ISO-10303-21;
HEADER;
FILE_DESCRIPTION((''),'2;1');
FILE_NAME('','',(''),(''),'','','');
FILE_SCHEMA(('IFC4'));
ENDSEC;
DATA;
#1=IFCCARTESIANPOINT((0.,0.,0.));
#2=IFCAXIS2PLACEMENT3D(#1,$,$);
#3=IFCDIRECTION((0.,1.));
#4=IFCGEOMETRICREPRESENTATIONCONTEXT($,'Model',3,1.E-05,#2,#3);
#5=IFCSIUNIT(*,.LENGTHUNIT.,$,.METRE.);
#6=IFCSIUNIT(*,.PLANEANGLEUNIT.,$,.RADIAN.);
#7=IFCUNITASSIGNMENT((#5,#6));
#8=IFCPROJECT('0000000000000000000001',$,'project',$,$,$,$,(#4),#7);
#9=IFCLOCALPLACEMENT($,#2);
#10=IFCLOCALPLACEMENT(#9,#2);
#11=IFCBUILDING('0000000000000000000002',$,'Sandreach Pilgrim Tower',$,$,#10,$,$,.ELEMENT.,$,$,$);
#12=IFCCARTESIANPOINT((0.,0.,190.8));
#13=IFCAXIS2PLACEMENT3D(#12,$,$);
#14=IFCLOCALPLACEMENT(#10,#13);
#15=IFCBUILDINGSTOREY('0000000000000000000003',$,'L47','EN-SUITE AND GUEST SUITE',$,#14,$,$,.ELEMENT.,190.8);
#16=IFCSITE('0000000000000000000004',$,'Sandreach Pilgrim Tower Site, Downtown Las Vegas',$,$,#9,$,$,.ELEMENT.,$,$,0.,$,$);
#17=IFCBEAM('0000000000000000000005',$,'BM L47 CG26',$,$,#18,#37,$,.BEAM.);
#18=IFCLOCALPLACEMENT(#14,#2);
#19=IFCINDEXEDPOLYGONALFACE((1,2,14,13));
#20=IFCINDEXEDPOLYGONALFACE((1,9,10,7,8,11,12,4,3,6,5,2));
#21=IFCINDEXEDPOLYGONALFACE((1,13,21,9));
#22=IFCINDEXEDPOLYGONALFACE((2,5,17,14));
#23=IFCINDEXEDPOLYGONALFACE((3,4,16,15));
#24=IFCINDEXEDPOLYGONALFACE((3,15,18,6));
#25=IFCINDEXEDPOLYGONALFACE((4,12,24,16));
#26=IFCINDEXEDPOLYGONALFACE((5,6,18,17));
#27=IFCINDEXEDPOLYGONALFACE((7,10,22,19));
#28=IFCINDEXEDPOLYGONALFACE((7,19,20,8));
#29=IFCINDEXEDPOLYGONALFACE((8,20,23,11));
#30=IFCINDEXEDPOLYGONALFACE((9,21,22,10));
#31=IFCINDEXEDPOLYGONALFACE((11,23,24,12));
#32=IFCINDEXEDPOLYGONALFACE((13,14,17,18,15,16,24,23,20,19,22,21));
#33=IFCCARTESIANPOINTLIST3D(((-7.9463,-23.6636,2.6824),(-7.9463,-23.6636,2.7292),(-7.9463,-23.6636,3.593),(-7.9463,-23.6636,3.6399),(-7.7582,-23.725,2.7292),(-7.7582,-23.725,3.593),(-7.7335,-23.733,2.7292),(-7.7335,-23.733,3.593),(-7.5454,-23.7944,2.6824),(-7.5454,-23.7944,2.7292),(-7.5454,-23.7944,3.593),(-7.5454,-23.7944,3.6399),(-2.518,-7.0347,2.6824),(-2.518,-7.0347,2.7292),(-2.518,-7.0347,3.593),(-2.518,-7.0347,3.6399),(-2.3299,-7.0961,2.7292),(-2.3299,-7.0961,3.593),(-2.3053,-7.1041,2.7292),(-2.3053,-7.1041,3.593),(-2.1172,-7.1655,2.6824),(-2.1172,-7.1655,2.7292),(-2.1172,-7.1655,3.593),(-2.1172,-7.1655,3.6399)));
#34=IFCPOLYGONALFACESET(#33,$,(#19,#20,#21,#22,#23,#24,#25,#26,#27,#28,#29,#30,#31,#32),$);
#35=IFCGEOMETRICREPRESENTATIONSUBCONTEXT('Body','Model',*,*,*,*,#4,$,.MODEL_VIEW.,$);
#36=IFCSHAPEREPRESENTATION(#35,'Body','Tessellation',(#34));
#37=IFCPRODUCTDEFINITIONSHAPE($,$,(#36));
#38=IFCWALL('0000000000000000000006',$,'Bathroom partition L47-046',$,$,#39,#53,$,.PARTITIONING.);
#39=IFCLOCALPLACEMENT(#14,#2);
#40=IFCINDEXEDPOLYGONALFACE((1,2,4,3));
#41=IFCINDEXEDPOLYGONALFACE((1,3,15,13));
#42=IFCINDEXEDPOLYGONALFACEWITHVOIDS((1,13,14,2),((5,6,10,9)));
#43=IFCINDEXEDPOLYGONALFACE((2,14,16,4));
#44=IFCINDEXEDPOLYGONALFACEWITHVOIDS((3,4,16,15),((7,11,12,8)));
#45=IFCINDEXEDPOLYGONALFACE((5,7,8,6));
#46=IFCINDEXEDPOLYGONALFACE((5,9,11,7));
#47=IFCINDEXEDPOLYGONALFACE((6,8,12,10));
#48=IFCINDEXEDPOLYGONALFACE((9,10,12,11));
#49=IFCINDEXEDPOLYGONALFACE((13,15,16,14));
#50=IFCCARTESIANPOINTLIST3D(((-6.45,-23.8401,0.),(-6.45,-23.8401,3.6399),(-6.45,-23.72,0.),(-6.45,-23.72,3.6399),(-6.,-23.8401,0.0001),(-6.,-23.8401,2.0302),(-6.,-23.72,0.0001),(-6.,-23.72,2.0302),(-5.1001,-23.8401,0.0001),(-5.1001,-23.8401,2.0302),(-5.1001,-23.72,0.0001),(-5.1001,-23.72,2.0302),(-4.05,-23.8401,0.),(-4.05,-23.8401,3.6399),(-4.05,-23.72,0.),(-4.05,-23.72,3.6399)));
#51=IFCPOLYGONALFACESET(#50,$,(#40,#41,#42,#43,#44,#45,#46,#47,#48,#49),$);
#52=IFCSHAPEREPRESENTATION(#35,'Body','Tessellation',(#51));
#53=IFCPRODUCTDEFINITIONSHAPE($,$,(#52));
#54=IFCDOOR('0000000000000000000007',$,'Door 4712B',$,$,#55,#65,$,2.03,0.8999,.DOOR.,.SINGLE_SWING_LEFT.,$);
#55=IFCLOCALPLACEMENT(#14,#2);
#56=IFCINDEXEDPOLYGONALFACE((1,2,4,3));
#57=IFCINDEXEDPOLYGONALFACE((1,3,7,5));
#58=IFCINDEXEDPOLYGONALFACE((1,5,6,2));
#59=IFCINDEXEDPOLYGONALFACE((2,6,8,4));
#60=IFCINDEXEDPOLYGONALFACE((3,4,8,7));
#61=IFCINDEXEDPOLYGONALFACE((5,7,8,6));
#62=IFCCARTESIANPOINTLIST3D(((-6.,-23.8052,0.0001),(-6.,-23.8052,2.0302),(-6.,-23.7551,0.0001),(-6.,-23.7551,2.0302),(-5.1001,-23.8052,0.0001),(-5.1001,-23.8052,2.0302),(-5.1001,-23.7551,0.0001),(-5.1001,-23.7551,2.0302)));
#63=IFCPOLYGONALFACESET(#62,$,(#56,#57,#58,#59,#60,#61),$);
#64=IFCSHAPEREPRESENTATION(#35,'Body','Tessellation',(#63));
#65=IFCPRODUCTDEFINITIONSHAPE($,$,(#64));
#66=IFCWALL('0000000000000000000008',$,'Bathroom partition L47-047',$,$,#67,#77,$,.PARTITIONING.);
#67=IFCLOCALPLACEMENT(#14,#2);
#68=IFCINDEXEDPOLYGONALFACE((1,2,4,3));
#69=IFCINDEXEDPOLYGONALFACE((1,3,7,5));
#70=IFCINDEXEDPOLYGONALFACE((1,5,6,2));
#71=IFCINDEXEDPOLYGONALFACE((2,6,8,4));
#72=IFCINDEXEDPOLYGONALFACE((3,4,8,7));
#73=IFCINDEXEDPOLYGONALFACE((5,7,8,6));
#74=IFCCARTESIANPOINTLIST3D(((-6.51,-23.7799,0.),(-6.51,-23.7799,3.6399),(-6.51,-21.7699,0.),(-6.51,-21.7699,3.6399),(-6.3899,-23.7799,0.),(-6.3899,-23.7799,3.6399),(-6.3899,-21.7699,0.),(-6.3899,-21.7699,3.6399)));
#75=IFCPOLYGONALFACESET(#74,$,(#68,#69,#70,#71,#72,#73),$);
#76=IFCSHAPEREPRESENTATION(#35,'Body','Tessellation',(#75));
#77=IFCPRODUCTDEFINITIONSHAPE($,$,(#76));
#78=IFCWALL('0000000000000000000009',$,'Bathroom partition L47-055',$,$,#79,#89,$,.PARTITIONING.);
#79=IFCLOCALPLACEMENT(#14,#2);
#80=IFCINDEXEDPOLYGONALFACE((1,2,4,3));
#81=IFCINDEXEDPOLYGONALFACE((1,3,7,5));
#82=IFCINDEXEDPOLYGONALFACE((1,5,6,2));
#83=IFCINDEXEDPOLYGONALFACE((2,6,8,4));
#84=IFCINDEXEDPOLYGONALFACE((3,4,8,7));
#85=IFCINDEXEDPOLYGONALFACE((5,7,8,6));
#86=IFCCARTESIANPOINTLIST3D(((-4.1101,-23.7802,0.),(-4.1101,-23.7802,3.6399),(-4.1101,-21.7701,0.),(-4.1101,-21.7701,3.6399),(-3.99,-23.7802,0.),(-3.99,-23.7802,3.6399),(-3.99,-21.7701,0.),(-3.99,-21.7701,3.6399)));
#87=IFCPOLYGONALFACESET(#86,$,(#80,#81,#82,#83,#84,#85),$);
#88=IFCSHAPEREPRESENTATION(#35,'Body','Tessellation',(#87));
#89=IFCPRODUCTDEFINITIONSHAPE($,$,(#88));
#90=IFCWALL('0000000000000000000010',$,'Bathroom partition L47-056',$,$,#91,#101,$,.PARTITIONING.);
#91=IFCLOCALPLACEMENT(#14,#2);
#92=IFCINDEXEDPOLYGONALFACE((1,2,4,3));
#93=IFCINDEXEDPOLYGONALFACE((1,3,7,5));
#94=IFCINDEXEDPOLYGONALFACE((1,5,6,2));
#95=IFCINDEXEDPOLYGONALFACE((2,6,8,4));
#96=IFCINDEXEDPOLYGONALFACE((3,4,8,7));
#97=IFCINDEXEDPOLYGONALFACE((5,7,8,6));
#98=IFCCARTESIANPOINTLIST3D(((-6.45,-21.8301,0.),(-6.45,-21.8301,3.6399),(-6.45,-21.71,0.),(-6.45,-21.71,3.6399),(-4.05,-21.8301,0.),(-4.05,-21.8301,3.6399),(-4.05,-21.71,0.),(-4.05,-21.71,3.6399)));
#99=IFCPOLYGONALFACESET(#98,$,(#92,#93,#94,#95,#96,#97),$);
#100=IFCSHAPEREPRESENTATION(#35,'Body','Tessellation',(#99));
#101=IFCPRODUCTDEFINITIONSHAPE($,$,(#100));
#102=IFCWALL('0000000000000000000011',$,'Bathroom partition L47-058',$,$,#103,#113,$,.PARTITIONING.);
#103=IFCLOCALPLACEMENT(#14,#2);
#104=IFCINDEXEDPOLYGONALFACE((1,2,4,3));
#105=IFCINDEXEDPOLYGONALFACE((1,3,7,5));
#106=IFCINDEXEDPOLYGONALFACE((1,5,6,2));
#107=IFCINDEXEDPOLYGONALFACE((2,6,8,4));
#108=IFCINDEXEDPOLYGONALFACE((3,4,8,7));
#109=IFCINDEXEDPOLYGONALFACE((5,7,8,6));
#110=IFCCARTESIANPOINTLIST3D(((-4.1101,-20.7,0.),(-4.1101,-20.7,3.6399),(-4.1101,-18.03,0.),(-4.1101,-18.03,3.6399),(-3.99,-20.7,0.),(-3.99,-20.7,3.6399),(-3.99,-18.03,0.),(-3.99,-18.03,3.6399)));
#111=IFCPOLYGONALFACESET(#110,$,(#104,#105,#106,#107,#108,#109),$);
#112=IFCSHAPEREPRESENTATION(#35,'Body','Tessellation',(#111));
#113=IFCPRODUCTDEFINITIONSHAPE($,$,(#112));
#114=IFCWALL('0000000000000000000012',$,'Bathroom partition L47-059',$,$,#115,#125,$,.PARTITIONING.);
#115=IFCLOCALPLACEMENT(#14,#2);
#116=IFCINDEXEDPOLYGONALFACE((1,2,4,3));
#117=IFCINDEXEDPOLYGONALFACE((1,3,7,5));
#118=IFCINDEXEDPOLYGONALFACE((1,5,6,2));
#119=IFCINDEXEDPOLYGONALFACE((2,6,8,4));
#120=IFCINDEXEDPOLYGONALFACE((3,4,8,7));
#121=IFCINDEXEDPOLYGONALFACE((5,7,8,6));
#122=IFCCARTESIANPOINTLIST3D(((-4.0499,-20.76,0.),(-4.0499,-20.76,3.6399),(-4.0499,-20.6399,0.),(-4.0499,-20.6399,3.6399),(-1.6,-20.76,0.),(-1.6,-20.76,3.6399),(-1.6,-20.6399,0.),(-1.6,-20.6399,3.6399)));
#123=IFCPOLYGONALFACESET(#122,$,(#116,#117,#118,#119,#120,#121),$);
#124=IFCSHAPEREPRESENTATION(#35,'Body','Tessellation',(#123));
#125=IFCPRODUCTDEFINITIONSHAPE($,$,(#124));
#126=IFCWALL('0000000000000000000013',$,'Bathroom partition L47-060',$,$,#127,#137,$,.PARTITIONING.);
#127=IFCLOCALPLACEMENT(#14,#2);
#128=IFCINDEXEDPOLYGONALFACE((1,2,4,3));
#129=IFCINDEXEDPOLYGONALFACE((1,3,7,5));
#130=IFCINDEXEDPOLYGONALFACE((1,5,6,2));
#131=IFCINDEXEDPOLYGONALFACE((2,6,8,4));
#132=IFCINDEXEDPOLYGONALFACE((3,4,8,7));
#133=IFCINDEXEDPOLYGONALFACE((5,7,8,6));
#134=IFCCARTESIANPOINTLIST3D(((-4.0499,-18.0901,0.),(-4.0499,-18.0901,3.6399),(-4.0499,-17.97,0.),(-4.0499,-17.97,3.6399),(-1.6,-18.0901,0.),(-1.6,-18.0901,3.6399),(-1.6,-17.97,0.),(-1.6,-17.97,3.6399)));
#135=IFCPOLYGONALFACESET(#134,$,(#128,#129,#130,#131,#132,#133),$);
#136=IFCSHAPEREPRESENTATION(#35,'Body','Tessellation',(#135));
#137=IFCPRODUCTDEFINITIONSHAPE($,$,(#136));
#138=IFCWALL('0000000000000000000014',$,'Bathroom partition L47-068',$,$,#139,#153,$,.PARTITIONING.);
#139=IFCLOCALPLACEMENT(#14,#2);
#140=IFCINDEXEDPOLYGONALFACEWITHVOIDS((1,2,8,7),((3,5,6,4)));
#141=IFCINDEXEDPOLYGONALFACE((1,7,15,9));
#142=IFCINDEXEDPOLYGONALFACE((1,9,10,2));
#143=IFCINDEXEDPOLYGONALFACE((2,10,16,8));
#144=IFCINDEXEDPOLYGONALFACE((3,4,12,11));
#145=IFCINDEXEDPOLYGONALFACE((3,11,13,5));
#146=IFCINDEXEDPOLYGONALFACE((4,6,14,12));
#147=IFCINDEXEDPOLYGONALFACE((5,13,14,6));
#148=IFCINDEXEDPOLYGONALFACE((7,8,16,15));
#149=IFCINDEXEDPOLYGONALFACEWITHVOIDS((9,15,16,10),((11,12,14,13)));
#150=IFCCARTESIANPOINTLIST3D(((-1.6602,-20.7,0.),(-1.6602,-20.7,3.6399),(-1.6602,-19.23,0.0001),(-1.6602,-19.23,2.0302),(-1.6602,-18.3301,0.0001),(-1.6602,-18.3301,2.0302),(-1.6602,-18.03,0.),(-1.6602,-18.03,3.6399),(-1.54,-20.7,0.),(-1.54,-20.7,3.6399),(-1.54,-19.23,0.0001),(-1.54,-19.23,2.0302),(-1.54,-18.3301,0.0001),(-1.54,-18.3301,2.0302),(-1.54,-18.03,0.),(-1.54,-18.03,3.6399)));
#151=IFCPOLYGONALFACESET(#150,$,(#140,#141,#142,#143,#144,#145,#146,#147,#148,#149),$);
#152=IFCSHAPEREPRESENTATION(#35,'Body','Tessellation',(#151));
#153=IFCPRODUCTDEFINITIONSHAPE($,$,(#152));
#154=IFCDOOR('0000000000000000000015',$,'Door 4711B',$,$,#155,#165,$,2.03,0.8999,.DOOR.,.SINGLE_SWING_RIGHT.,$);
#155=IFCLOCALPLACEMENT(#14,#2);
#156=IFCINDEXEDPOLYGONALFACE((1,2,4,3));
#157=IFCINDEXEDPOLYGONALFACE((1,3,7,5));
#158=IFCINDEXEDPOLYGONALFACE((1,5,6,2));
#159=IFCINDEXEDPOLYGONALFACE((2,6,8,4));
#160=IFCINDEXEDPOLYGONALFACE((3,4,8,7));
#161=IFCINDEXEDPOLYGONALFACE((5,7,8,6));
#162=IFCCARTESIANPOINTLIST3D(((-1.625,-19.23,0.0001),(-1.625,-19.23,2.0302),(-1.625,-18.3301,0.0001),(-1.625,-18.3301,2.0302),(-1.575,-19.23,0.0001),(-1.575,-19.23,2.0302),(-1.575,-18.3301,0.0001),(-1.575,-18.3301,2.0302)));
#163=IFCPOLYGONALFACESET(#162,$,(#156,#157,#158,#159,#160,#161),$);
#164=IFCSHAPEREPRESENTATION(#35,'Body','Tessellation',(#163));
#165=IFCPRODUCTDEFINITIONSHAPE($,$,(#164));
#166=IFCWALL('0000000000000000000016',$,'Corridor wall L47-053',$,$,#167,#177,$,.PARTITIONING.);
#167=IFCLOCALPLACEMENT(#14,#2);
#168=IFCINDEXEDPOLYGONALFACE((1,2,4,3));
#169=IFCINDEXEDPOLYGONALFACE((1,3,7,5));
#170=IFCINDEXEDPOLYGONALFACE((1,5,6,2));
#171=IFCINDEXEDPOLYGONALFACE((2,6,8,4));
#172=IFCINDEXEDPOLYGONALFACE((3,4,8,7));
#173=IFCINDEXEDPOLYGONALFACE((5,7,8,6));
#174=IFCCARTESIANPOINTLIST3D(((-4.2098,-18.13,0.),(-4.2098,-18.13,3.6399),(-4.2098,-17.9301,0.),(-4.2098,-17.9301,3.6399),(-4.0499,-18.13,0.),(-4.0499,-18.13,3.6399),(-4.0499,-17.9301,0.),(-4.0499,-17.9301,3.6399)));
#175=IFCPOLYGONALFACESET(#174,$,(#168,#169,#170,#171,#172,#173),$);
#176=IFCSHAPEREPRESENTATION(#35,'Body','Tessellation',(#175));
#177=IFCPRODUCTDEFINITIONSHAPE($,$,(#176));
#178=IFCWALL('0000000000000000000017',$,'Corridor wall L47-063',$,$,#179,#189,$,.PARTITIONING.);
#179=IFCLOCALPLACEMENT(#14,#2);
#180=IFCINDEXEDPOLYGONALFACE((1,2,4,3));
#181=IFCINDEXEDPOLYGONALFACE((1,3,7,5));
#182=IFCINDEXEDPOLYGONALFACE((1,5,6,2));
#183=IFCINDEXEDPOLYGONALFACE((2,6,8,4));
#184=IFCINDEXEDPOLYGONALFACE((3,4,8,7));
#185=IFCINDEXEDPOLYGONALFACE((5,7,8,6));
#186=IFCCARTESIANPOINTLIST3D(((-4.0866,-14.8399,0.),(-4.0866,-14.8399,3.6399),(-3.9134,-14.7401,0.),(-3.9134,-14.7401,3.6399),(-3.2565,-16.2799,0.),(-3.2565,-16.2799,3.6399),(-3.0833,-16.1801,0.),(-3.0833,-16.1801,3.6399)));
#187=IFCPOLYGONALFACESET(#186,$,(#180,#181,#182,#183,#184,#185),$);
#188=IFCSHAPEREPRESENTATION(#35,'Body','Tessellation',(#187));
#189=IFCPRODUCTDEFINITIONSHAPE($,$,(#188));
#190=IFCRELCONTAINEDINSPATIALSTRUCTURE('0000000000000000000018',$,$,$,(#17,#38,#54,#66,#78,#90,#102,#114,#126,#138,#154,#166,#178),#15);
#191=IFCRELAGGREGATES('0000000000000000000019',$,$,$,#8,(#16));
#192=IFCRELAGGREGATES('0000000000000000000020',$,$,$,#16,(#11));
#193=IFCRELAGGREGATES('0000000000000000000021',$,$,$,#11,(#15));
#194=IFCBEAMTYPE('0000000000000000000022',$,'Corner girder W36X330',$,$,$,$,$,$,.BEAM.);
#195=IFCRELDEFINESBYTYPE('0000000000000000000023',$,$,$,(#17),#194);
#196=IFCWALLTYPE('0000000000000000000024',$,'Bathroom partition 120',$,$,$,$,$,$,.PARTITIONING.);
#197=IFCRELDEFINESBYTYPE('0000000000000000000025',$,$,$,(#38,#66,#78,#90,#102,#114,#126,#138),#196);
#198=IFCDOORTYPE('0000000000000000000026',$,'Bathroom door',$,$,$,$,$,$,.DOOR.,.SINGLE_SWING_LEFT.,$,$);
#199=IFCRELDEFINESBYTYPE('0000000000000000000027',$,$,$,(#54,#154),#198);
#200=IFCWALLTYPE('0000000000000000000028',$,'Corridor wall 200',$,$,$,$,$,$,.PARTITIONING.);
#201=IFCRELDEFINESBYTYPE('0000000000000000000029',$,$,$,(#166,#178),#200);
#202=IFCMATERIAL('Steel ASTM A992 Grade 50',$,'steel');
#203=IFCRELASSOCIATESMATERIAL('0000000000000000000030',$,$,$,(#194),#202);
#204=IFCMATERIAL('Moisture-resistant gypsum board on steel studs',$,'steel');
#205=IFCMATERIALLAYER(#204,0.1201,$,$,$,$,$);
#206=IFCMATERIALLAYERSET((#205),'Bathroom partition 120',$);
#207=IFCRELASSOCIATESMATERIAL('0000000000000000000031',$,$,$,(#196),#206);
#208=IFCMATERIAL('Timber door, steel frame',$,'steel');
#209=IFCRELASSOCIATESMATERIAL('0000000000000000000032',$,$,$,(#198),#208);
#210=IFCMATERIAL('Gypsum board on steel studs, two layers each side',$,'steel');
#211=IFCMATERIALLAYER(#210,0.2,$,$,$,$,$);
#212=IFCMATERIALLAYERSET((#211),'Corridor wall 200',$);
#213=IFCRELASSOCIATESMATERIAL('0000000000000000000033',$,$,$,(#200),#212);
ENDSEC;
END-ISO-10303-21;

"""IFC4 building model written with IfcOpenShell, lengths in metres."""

from ifc_helpers import new_model, si_unit, direction, frame, frame_2d, origin, origin_2d, place, context, subcontext, project, spatial, rectangle, i_section, extrude, material, layer, layer_set, material_profile, profile_set, type_object, element, fill, save


model = new_model("IFC4")

# Units and contexts
model_context = context("Model", 3, precision=1e-05, world=origin(), true_north=direction((0.0, 1.0)))
body_context = subcontext(model_context, "Body", "Model", "MODEL_VIEW")
ifc_project = project(units=[si_unit("LENGTHUNIT", "METRE"), si_unit("PLANEANGLEUNIT", "RADIAN")], contexts=[model_context])

# Site, building, storey
site_placement = place(None, origin())
site = spatial("IfcSite", under=ifc_project, at=site_placement, Name="Sandreach Pilgrim Tower Site, Downtown Las Vegas", CompositionType="ELEMENT", RefElevation=0.0)
building_placement = place(site_placement, origin())
building = spatial("IfcBuilding", under=site, at=building_placement, Name="Sandreach Pilgrim Tower", CompositionType="ELEMENT")
storey_placement = place(building_placement, frame((0.0, 0.0, 190.8)))
storey = spatial("IfcBuildingStorey", under=building, at=storey_placement, Name="L47", Description="EN-SUITE AND GUEST SUITE", CompositionType="ELEMENT", Elevation=190.8)

# Beam
ifc_material_1 = material(Name="Steel ASTM A992 Grade 50", Category="steel")
ifc_material_profile = material_profile(ifc_material_1, i_section(OverallWidth=0.4216, OverallDepth=0.9575, WebThickness=0.0259, FlangeThickness=0.0469, at=origin_2d()), Name="W36X330")
ifc_profile_set = profile_set([ifc_material_profile], Name="Steel ASTM A992 Grade 50")
beam_type = type_object("IfcBeamType", Name="Corner girder W36X330", PredefinedType="BEAM", material=ifc_profile_set)
beam_placement = place(storey_placement, frame((-7.7458, -23.729, 3.1611), z_axis=(0.310318, 0.950633, 0.0), x_axis=(-0.950633, 0.310318, 0.0)))
element("IfcBeam", 1, at=beam_placement, inside=storey, type_object=beam_type, Name="BM L47 CG26", PredefinedType="BEAM", context=body_context, shape_type="SweptSolid", body=[
    extrude(i_section(OverallWidth=0.4216, OverallDepth=0.9575, WebThickness=0.0259, FlangeThickness=0.0469, at=origin_2d()), origin(), (0.0, 0.0, 1.0), 17.4924),
])

# Wall, opening, door
ifc_material_2 = material(Name="Moisture-resistant gypsum board on steel studs", Category="steel")
ifc_layer_1 = layer(ifc_material_2, 0.1201)
ifc_layer_set_1 = layer_set([ifc_layer_1], Name="Bathroom partition 120")
wall_type_1 = type_object("IfcWallType", Name="Bathroom partition 120", PredefinedType="PARTITIONING", material=ifc_layer_set_1)
wall_1_placement = place(storey_placement, frame((-6.45, -23.78, 0.0), z_axis=(0.0, 0.0, 1.0), x_axis=(1.0, 0.0, 0.0)))
wall_1 = element("IfcWall", 2, at=wall_1_placement, inside=storey, type_object=wall_type_1, Name="Bathroom partition L47-046", PredefinedType="PARTITIONING", context=body_context, shape_type="SweptSolid", body=[
    extrude(rectangle(XDim=2.3999, YDim=0.1201, at=frame_2d((1.2, 0.0))), origin(), (0.0, 0.0, 1.0), 3.6399),
])
opening_1_placement = place(wall_1_placement, frame((0.45, 0.0, 0.0)))
opening_1 = element("IfcOpeningElement", 3, at=opening_1_placement, cuts=wall_1, PredefinedType="OPENING", context=body_context, shape_type="SweptSolid", body=[
    extrude(rectangle(XDim=0.8999, YDim=2.03, at=frame_2d((0.45, 1.0151))), frame((0.0, 0.0601, 0.0), z_axis=(0.0, -1.0, 0.0), x_axis=(1.0, 0.0, 0.0)), (0.0, 0.0, 1.0), 0.1201),
])
ifc_material_3 = material(Name="Timber door, steel frame", Category="steel")
door_type_1 = type_object("IfcDoorType", Name="Bathroom door", OperationType="SINGLE_SWING_LEFT", PredefinedType="DOOR", material=ifc_material_3)
door_1_placement = place(opening_1_placement, origin())
door_1 = element("IfcDoor", 4, at=door_1_placement, inside=storey, type_object=door_type_1, Name="Door 4712B", OperationType="SINGLE_SWING_LEFT", OverallHeight=2.03, OverallWidth=0.8999, PredefinedType="DOOR", context=body_context, shape_type="SweptSolid", body=[
    extrude(rectangle(XDim=0.8999, YDim=2.03, at=frame_2d((0.45, 1.0151))), frame((0.0, 0.0249, 0.0), z_axis=(0.0, -1.0, 0.0), x_axis=(1.0, 0.0, 0.0)), (0.0, 0.0, 1.0), 0.05),
])
fill(opening_1, door_1)

# Walls
for number, where, z_axis, x_axis, name in (
    (5, (-6.45, -21.77, 0.0), (0.0, 0.0, 1.0), (0.0, -1.0, 0.0), "Bathroom partition L47-047"),
    (6, (-4.05, -23.78, 0.0), (0.0, 0.0, 1.0), (0.0, 1.0, 0.0), "Bathroom partition L47-055"),
):
    element("IfcWall", number, at=place(storey_placement, frame(where, z_axis=z_axis, x_axis=x_axis)), inside=storey, type_object=wall_type_1, Name=name, PredefinedType="PARTITIONING", context=body_context, shape_type="SweptSolid", body=[
        extrude(rectangle(XDim=2.01, YDim=0.1201, at=frame_2d((1.0049, 0.0))), origin(), (0.0, 0.0, 1.0), 3.6399),
    ])
wall_2_placement = place(storey_placement, frame((-4.05, -21.77, 0.0), z_axis=(0.0, 0.0, 1.0), x_axis=(-1.0, 0.0, 0.0)))
element("IfcWall", 7, at=wall_2_placement, inside=storey, type_object=wall_type_1, Name="Bathroom partition L47-056", PredefinedType="PARTITIONING", context=body_context, shape_type="SweptSolid", body=[
    extrude(rectangle(XDim=2.3999, YDim=0.1201, at=frame_2d((1.2, 0.0))), origin(), (0.0, 0.0, 1.0), 3.6399),
])
wall_3_placement = place(storey_placement, frame((-4.05, -20.7, 0.0), z_axis=(0.0, 0.0, 1.0), x_axis=(0.0, 1.0, 0.0)))
element("IfcWall", 8, at=wall_3_placement, inside=storey, type_object=wall_type_1, Name="Bathroom partition L47-058", PredefinedType="PARTITIONING", context=body_context, shape_type="SweptSolid", body=[
    extrude(rectangle(XDim=2.6699, YDim=0.1201, at=frame_2d((1.335, 0.0))), origin(), (0.0, 0.0, 1.0), 3.6399),
])
for number, where, z_axis, x_axis, name in (
    (9, (-4.05, -20.7, 0.0), (0.0, 0.0, 1.0), (1.0, 0.0, 0.0), "Bathroom partition L47-059"),
    (10, (-4.05, -18.03, 0.0), (0.0, 0.0, 1.0), (1.0, 0.0, 0.0), "Bathroom partition L47-060"),
):
    element("IfcWall", number, at=place(storey_placement, frame(where, z_axis=z_axis, x_axis=x_axis)), inside=storey, type_object=wall_type_1, Name=name, PredefinedType="PARTITIONING", context=body_context, shape_type="SweptSolid", body=[
        extrude(rectangle(XDim=2.45, YDim=0.1201, at=frame_2d((1.2251, 0.0))), origin(), (0.0, 0.0, 1.0), 3.6399),
    ])

# Wall, opening, door
wall_4_placement = place(storey_placement, frame((-1.6001, -20.7, 0.0), z_axis=(0.0, 0.0, 1.0), x_axis=(0.0, 1.0, 0.0)))
wall_4 = element("IfcWall", 11, at=wall_4_placement, inside=storey, type_object=wall_type_1, Name="Bathroom partition L47-068", PredefinedType="PARTITIONING", context=body_context, shape_type="SweptSolid", body=[
    extrude(rectangle(XDim=2.6699, YDim=0.1201, at=frame_2d((1.335, 0.0))), origin(), (0.0, 0.0, 1.0), 3.6399),
])
opening_2_placement = place(wall_4_placement, frame((1.47, 0.0, 0.0)))
opening_2 = element("IfcOpeningElement", 12, at=opening_2_placement, cuts=wall_4, PredefinedType="OPENING", context=body_context, shape_type="SweptSolid", body=[
    extrude(rectangle(XDim=0.8999, YDim=2.03, at=frame_2d((0.45, 1.0151))), frame((0.0, 0.0601, 0.0), z_axis=(0.0, -1.0, 0.0), x_axis=(1.0, 0.0, 0.0)), (0.0, 0.0, 1.0), 0.1201),
])
door_2_placement = place(opening_2_placement, origin())
door_2 = element("IfcDoor", 13, at=door_2_placement, inside=storey, type_object=door_type_1, Name="Door 4711B", OperationType="SINGLE_SWING_RIGHT", OverallHeight=2.03, OverallWidth=0.8999, PredefinedType="DOOR", context=body_context, shape_type="SweptSolid", body=[
    extrude(rectangle(XDim=0.8999, YDim=2.03, at=frame_2d((0.45, 1.0151))), frame((0.0, 0.0249, 0.0), z_axis=(0.0, -1.0, 0.0), x_axis=(1.0, 0.0, 0.0)), (0.0, 0.0, 1.0), 0.05),
])
fill(opening_2, door_2)
ifc_material_4 = material(Name="Gypsum board on steel studs, two layers each side", Category="steel")
ifc_layer_2 = layer(ifc_material_4, 0.2)
ifc_layer_set_2 = layer_set([ifc_layer_2], Name="Corridor wall 200")
wall_type_2 = type_object("IfcWallType", Name="Corridor wall 200", PredefinedType="PARTITIONING", material=ifc_layer_set_2)

# Wall
wall_5_placement = place(storey_placement, frame((-4.21, -18.03, 0.0), z_axis=(0.0, 0.0, 1.0), x_axis=(1.0, 0.0, 0.0)))
element("IfcWall", 14, at=wall_5_placement, inside=storey, type_object=wall_type_2, Name="Corridor wall L47-053", PredefinedType="PARTITIONING", context=body_context, shape_type="SweptSolid", body=[
    extrude(rectangle(XDim=0.1599, YDim=0.2, at=frame_2d((0.0801, 0.0))), origin(), (0.0, 0.0, 1.0), 3.6399),
])

# Wall
wall_6_placement = place(storey_placement, frame((-3.1699, -16.23, 0.0), z_axis=(0.0, 0.0, 1.0), x_axis=(-0.499426, 0.866357, 0.0)))
element("IfcWall", 15, at=wall_6_placement, inside=storey, type_object=wall_type_2, Name="Corridor wall L47-063", PredefinedType="PARTITIONING", context=body_context, shape_type="SweptSolid", body=[
    extrude(rectangle(XDim=1.6621, YDim=0.2, at=frame_2d((0.8311, 0.0))), origin(), (0.0, 0.0, 1.0), 3.6399),
])

save(model, "model.ifc")
